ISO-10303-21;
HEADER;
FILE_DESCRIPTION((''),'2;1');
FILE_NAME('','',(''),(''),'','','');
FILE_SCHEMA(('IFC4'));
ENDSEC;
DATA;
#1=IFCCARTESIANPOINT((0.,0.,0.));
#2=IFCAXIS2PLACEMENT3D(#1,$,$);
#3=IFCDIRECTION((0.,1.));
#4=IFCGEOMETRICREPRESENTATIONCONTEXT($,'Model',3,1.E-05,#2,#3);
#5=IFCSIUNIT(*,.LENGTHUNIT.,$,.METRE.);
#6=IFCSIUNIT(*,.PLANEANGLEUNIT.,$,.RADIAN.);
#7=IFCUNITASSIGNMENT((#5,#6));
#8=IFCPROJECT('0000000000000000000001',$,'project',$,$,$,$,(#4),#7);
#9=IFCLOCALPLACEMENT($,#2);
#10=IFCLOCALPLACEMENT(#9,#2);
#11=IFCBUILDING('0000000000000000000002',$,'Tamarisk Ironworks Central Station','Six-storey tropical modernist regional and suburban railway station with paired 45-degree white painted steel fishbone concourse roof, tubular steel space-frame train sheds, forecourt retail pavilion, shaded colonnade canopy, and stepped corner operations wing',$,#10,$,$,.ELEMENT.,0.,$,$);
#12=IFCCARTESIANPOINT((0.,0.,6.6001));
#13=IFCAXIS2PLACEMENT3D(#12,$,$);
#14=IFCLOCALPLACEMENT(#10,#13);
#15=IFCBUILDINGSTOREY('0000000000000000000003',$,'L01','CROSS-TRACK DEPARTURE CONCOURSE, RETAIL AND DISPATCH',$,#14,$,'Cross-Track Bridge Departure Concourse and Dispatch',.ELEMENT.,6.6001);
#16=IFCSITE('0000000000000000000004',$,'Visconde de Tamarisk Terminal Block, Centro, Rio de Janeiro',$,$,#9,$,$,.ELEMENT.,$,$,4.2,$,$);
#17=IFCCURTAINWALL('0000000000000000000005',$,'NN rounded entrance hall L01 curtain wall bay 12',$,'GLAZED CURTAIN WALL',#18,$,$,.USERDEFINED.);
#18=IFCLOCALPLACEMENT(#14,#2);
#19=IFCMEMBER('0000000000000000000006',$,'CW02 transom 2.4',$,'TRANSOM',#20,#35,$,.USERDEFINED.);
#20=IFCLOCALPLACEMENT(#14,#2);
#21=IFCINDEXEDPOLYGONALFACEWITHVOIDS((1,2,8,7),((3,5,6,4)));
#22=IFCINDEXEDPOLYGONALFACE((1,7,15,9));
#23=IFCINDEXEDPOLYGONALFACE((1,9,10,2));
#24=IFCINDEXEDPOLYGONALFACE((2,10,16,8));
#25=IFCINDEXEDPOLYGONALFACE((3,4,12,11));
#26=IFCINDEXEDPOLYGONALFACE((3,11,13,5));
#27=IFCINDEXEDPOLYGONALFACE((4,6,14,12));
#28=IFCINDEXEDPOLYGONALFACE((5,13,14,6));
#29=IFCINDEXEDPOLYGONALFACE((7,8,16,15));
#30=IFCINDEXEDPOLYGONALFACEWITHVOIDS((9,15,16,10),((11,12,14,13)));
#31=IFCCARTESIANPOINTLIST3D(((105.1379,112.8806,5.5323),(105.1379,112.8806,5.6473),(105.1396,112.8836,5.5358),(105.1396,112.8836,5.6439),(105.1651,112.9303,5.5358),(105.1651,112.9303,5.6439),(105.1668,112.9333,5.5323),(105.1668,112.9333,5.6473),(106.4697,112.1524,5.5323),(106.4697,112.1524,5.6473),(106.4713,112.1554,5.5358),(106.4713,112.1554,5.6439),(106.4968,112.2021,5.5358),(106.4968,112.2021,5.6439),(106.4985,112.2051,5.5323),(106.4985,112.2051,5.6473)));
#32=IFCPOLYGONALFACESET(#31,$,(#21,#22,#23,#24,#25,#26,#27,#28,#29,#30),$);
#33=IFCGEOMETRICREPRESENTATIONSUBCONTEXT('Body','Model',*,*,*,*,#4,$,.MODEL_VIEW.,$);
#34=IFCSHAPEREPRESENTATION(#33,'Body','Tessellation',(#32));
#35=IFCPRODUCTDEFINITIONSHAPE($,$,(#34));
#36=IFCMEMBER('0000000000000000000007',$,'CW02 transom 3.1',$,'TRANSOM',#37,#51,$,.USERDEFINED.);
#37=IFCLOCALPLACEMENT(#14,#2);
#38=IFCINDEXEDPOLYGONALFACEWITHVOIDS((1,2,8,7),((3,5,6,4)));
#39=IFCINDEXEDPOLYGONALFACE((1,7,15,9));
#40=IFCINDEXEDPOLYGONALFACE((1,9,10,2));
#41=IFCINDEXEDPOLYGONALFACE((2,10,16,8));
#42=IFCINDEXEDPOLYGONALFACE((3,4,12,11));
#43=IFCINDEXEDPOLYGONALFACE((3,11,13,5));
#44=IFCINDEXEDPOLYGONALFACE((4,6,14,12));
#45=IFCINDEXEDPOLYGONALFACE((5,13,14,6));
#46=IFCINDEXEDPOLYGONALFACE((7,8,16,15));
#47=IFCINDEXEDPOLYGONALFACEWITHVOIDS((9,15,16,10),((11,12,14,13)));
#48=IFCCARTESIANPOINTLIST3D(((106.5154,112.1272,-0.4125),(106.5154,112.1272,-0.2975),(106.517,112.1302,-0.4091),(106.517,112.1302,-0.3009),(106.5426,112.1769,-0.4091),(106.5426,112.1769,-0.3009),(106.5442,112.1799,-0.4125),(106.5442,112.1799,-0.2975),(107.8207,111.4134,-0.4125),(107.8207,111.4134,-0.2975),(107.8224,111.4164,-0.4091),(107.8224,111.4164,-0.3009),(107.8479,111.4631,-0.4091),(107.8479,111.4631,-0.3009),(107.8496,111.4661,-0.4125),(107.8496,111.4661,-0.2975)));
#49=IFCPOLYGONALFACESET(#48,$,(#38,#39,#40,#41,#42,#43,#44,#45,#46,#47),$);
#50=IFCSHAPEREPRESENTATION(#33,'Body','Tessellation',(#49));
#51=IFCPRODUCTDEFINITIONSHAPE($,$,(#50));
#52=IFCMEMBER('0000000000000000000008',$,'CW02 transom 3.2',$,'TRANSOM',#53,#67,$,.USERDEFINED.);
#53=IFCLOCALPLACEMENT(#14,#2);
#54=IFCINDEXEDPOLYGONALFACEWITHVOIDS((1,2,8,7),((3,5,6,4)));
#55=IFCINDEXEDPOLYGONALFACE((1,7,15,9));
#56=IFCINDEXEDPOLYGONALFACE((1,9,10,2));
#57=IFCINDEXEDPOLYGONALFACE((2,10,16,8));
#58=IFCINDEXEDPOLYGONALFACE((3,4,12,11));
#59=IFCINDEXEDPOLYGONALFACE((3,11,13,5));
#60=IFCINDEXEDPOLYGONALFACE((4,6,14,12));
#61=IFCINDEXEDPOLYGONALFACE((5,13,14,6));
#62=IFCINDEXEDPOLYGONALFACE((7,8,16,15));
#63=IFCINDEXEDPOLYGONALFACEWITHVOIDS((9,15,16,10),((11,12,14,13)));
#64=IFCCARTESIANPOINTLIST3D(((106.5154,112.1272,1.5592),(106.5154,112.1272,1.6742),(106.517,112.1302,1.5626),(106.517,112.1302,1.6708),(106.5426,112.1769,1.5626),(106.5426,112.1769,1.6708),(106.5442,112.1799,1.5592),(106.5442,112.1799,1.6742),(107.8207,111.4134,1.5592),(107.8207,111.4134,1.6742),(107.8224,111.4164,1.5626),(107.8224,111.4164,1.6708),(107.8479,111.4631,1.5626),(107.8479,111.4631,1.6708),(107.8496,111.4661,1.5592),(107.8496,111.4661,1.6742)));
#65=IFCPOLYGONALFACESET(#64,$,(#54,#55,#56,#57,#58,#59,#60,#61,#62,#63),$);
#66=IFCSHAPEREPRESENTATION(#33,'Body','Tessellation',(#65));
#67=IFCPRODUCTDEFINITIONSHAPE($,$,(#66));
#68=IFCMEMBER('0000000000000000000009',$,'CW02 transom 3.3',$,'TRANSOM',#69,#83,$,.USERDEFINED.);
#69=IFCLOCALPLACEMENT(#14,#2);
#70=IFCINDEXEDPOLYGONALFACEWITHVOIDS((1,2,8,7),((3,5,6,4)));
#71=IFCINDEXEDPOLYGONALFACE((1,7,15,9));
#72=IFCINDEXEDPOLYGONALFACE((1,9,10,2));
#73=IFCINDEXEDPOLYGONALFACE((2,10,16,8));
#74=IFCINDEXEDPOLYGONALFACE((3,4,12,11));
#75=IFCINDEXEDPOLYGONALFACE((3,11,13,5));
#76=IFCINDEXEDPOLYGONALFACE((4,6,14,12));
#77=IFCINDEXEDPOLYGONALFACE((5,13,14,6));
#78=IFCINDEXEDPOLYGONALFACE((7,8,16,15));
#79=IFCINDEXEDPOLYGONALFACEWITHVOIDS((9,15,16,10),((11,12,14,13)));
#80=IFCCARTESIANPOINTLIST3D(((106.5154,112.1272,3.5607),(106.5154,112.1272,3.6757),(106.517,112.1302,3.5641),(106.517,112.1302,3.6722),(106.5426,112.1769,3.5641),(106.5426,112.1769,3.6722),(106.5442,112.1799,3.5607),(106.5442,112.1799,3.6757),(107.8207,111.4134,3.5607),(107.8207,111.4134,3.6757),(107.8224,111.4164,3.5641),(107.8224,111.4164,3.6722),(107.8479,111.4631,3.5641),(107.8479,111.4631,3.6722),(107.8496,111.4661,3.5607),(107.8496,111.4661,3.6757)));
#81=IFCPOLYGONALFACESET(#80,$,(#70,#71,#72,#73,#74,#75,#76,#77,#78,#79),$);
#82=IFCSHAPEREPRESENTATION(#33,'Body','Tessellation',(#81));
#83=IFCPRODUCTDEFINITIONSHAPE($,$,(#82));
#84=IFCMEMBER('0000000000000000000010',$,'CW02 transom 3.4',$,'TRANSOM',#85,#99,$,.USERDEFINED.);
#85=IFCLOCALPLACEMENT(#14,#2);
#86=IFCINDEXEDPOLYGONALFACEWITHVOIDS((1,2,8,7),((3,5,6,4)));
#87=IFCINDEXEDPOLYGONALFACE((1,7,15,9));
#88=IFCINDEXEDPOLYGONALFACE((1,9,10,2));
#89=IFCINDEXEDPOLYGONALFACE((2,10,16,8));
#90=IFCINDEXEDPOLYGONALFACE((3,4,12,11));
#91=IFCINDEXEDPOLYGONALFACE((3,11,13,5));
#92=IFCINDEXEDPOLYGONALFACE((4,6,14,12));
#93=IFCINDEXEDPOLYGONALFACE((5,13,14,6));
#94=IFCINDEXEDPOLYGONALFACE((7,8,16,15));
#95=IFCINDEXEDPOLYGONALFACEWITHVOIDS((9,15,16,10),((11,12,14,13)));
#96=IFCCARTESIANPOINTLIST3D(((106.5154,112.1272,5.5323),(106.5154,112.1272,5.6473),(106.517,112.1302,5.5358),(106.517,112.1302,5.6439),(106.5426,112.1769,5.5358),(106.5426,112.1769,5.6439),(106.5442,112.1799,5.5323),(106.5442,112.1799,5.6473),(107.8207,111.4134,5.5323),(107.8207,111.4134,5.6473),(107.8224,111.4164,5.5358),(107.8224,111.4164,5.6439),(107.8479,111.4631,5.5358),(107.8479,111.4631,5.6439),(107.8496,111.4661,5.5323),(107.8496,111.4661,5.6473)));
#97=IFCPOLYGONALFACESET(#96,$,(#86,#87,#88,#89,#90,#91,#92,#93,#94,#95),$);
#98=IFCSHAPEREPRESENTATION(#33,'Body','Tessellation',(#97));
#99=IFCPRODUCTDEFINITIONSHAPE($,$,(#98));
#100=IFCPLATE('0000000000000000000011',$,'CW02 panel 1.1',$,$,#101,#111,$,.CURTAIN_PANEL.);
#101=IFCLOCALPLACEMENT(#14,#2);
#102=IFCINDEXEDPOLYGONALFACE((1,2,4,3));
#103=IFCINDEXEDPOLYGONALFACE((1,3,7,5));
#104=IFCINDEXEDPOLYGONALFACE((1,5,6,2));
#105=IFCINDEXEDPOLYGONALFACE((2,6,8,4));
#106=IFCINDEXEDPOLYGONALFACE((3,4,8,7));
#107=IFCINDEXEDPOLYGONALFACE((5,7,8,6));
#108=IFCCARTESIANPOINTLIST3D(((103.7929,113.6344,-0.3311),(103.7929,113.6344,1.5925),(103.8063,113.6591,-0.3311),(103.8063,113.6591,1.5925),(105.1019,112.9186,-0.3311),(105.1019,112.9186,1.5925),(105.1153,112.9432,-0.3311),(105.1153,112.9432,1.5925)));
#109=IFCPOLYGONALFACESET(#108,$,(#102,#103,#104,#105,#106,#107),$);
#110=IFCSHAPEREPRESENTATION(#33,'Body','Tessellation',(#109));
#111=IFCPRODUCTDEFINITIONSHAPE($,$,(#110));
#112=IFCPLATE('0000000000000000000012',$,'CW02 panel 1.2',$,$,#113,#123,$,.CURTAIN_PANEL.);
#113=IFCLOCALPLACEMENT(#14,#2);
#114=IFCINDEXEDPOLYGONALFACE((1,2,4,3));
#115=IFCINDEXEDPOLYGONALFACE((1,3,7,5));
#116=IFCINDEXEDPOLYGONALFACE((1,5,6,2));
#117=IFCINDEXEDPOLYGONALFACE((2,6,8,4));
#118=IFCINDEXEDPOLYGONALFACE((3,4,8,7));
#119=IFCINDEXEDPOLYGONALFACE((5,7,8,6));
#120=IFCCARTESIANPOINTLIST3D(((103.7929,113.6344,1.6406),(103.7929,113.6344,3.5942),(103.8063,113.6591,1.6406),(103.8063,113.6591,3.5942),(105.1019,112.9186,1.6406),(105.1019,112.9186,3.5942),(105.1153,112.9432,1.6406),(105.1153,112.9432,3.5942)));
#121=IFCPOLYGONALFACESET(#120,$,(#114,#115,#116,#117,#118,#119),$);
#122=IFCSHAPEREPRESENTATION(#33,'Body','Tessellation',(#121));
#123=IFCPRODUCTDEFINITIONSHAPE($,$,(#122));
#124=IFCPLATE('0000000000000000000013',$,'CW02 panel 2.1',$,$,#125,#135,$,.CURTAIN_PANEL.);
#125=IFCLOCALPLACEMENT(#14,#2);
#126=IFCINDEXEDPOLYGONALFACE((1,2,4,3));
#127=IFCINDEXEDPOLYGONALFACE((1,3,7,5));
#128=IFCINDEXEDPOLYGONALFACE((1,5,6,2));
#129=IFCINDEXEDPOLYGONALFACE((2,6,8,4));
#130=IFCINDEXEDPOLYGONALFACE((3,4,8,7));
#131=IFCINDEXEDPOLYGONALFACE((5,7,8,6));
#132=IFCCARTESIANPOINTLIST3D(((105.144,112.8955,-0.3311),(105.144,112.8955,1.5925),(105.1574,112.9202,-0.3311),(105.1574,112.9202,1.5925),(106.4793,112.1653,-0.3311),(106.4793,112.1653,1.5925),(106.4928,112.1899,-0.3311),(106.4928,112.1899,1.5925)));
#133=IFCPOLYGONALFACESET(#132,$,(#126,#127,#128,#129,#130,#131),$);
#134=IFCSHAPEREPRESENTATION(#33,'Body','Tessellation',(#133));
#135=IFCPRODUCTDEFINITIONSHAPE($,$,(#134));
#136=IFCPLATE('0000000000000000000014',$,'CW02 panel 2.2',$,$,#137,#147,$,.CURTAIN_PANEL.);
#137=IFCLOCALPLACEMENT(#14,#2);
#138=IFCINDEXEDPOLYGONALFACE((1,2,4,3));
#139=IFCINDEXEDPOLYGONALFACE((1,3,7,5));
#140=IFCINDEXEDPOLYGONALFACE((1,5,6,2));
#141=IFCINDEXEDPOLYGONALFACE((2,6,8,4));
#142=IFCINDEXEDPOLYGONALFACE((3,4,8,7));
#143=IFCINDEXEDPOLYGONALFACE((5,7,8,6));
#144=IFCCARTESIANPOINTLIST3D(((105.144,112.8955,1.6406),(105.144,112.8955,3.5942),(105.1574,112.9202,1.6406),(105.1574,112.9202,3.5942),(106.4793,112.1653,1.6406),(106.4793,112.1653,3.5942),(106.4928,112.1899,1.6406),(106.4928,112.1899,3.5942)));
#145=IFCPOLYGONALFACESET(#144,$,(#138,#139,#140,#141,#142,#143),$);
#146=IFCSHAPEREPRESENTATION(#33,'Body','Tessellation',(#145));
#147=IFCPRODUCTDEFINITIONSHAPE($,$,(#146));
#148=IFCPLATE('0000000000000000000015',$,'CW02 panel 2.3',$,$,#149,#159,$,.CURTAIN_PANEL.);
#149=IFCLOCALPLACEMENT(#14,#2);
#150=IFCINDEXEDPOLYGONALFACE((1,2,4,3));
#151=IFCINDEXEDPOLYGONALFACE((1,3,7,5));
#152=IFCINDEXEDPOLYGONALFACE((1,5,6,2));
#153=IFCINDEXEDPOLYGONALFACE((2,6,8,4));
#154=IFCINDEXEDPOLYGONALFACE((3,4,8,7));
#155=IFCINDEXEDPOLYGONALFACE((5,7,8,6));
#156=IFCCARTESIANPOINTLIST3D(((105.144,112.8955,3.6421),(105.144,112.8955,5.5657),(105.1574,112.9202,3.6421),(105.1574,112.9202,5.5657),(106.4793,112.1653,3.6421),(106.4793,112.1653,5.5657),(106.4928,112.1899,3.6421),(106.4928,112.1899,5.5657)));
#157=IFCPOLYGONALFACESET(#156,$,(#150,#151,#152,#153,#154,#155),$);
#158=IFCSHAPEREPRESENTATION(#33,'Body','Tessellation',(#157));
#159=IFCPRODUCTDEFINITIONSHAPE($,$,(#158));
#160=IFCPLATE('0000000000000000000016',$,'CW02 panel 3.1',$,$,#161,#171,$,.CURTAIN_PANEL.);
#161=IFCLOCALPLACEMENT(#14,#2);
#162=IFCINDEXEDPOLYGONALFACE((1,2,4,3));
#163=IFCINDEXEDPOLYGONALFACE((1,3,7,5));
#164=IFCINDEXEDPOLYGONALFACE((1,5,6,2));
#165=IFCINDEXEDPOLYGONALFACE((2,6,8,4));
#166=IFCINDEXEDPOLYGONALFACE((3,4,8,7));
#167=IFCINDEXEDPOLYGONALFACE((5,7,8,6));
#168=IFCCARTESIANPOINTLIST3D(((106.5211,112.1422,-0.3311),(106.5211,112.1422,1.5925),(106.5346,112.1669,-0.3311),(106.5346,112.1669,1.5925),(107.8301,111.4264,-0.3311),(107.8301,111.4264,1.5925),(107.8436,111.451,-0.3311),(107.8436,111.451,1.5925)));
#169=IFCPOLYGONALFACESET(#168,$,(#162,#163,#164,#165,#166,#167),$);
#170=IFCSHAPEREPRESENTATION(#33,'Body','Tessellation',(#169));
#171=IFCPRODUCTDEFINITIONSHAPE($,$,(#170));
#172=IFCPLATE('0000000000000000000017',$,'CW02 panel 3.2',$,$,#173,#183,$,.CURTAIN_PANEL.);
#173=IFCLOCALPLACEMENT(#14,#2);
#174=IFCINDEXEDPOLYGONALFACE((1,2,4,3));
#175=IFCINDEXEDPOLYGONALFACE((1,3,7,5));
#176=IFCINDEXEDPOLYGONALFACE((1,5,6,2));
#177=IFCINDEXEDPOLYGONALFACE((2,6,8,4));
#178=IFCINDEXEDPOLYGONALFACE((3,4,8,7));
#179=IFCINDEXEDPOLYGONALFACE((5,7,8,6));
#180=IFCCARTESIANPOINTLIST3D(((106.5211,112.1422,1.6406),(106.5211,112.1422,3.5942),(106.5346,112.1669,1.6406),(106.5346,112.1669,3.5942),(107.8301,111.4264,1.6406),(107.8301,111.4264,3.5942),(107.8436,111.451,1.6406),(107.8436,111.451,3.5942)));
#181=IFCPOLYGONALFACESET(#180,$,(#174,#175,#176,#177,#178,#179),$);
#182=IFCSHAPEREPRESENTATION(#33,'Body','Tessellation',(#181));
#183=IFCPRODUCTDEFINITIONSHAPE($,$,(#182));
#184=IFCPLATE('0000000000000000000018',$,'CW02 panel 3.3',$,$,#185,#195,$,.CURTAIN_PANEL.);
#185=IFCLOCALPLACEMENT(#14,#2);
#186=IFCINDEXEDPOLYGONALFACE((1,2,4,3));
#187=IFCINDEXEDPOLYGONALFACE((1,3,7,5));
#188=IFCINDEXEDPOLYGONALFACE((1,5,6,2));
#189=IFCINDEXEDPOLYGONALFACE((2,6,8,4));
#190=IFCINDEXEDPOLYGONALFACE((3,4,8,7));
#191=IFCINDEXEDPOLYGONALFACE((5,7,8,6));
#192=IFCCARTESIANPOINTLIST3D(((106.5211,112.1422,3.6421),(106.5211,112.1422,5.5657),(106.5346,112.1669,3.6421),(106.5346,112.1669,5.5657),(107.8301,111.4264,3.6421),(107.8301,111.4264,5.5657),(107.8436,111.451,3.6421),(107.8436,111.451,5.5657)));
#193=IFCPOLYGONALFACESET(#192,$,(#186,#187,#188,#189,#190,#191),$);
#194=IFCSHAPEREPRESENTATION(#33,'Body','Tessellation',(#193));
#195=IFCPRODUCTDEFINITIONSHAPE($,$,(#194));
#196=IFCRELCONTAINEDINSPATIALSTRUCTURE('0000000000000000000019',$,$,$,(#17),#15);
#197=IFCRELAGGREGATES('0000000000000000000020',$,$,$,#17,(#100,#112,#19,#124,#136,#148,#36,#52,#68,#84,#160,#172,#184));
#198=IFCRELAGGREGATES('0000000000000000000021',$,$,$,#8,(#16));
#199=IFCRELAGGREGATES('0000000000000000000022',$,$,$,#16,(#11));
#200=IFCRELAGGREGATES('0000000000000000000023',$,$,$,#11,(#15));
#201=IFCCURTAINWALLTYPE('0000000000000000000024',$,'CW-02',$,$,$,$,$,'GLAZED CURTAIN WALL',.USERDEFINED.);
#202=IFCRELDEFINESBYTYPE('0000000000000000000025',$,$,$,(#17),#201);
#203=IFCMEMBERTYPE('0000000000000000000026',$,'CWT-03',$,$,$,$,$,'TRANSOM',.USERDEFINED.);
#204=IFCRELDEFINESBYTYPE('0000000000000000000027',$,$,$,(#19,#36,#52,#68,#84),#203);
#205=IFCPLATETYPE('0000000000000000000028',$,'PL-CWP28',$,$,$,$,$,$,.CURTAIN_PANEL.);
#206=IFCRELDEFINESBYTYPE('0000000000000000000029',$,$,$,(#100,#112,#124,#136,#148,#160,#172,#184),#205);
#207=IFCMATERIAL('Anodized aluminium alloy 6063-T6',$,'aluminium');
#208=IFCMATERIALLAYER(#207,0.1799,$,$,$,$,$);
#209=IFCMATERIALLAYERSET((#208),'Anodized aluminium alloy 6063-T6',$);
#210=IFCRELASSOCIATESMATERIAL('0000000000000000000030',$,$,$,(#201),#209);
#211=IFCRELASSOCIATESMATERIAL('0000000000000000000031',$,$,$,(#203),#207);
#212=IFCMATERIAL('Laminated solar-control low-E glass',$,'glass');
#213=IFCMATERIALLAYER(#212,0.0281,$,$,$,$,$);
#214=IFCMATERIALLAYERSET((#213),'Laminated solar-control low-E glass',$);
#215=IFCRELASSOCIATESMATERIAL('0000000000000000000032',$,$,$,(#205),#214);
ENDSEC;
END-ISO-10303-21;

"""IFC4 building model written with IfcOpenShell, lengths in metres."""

from ifc_helpers import new_model, si_unit, direction, frame, origin, origin_2d, place, context, subcontext, project, spatial, rectangle, hollow_rectangle, extrude, material, layer, layer_set, material_profile, profile_set, type_object, element, aggregate, save


model = new_model("IFC4")

# Units and contexts
model_context = context("Model", 3, precision=1e-05, world=origin(), true_north=direction((0.0, 1.0)))
body_context = subcontext(model_context, "Body", "Model", "MODEL_VIEW")
ifc_project = project(units=[si_unit("LENGTHUNIT", "METRE"), si_unit("PLANEANGLEUNIT", "RADIAN")], contexts=[model_context])

# Site, building, storey
site_placement = place(None, origin())
site = spatial("IfcSite", under=ifc_project, at=site_placement, Name="Visconde de Tamarisk Terminal Block, Centro, Rio de Janeiro", CompositionType="ELEMENT", RefElevation=4.2)
building_placement = place(site_placement, origin())
building = spatial("IfcBuilding", under=site, at=building_placement, Name="Tamarisk Ironworks Central Station", Description="Six-storey tropical modernist regional and suburban railway station with paired 45-degree white painted steel fishbone concourse roof, tubular steel space-frame train sheds, forecourt retail pavilion, shaded colonnade canopy, and stepped corner operations wing", CompositionType="ELEMENT", ElevationOfRefHeight=0.0)
storey_placement = place(building_placement, frame((0.0, 0.0, 6.6001)))
storey = spatial("IfcBuildingStorey", under=building, at=storey_placement, Name="L01", Description="CROSS-TRACK DEPARTURE CONCOURSE, RETAIL AND DISPATCH", LongName="Cross-Track Bridge Departure Concourse and Dispatch", CompositionType="ELEMENT", Elevation=6.6001)

# Curtain wall
ifc_material_1 = material(Name="Anodized aluminium alloy 6063-T6", Category="aluminium")
ifc_layer_1 = layer(ifc_material_1, 0.1799)
ifc_layer_set_1 = layer_set([ifc_layer_1], Name="Anodized aluminium alloy 6063-T6")
curtain_wall_type_1 = type_object("IfcCurtainWallType", Name="CW-02", ElementType="GLAZED CURTAIN WALL", PredefinedType="USERDEFINED", material=ifc_layer_set_1)
curtain_wall_1_placement = place(storey_placement, origin())
curtain_wall_1 = element("IfcCurtainWall", 1, at=curtain_wall_1_placement, inside=storey, type_object=curtain_wall_type_1, Name="NN rounded entrance hall L01 curtain wall bay 12", ObjectType="GLAZED CURTAIN WALL", PredefinedType="USERDEFINED")

# Members
ifc_material_profile_1 = material_profile(ifc_material_1, hollow_rectangle(XDim=0.0601, YDim=0.115, WallThickness=0.0034, at=origin_2d()), Name="ALUM 115x60")
ifc_profile_set_1 = profile_set([ifc_material_profile_1], Name="Anodized aluminium alloy 6063-T6")
member_type_1 = type_object("IfcMemberType", Name="CWT-03", ElementType="TRANSOM", PredefinedType="USERDEFINED", material=ifc_profile_set_1)
member_1_placement = place(storey_placement, frame((105.1523, 112.907, 5.5898), z_axis=(0.877385, -0.479787, 0.0), x_axis=(0.479787, 0.877385, 0.0)))
member_1 = element("IfcMember", 2, at=member_1_placement, type_object=member_type_1, Name="CW02 transom 2.4", ObjectType="TRANSOM", PredefinedType="USERDEFINED", context=body_context, shape_type="SweptSolid", body=[
    extrude(hollow_rectangle(XDim=0.0601, YDim=0.115, WallThickness=0.0034, at=origin_2d()), origin(), (0.0, 0.0, 1.0), 1.5178),
])
member_2_placement = place(storey_placement, frame((106.5298, 112.1536, -0.355), z_axis=(0.877381, -0.479795, 0.0), x_axis=(0.479795, 0.877381, 0.0)))
member_2 = element("IfcMember", 3, at=member_2_placement, type_object=member_type_1, Name="CW02 transom 3.1", ObjectType="TRANSOM", PredefinedType="USERDEFINED", context=body_context, shape_type="SweptSolid", body=[
    extrude(hollow_rectangle(XDim=0.0601, YDim=0.115, WallThickness=0.0034, at=origin_2d()), origin(), (0.0, 0.0, 1.0), 1.4878),
])
member_3_placement = place(storey_placement, frame((106.5298, 112.1536, 1.6167), z_axis=(0.877381, -0.479795, 0.0), x_axis=(0.479795, 0.877381, 0.0)))
member_3 = element("IfcMember", 4, at=member_3_placement, type_object=member_type_1, Name="CW02 transom 3.2", ObjectType="TRANSOM", PredefinedType="USERDEFINED", context=body_context, shape_type="SweptSolid", body=[
    extrude(hollow_rectangle(XDim=0.0601, YDim=0.115, WallThickness=0.0034, at=origin_2d()), origin(), (0.0, 0.0, 1.0), 1.4878),
])
member_4_placement = place(storey_placement, frame((106.5298, 112.1536, 3.6182), z_axis=(0.877381, -0.479795, 0.0), x_axis=(0.479795, 0.877381, 0.0)))
member_4 = element("IfcMember", 5, at=member_4_placement, type_object=member_type_1, Name="CW02 transom 3.3", ObjectType="TRANSOM", PredefinedType="USERDEFINED", context=body_context, shape_type="SweptSolid", body=[
    extrude(hollow_rectangle(XDim=0.0601, YDim=0.115, WallThickness=0.0034, at=origin_2d()), origin(), (0.0, 0.0, 1.0), 1.4878),
])
member_5_placement = place(storey_placement, frame((106.5298, 112.1536, 5.5898), z_axis=(0.877381, -0.479795, 0.0), x_axis=(0.479795, 0.877381, 0.0)))
member_5 = element("IfcMember", 6, at=member_5_placement, type_object=member_type_1, Name="CW02 transom 3.4", ObjectType="TRANSOM", PredefinedType="USERDEFINED", context=body_context, shape_type="SweptSolid", body=[
    extrude(hollow_rectangle(XDim=0.0601, YDim=0.115, WallThickness=0.0034, at=origin_2d()), origin(), (0.0, 0.0, 1.0), 1.4878),
])

# Plates
ifc_material_2 = material(Name="Laminated solar-control low-E glass", Category="glass")
ifc_layer_2 = layer(ifc_material_2, 0.0281)
ifc_layer_set_2 = layer_set([ifc_layer_2], Name="Laminated solar-control low-E glass")
plate_type = type_object("IfcPlateType", Name="PL-CWP28", PredefinedType="CURTAIN_PANEL", material=ifc_layer_set_2)
plate_1_placement = place(storey_placement, frame((104.4541, 113.2888, -0.3311), z_axis=(0.0, 0.0, 1.0), x_axis=(0.877375, -0.479805, 0.0)))
plate_1 = element("IfcPlate", 7, at=plate_1_placement, type_object=plate_type, Name="CW02 panel 1.1", PredefinedType="CURTAIN_PANEL", context=body_context, shape_type="SweptSolid", body=[
    extrude(rectangle(XDim=1.4919, YDim=0.0281, at=origin_2d()), origin(), (0.0, 0.0, 1.0), 1.9236),
])
plate_2_placement = place(storey_placement, frame((104.4541, 113.2888, 1.6406), z_axis=(0.0, 0.0, 1.0), x_axis=(0.877375, -0.479805, 0.0)))
plate_2 = element("IfcPlate", 8, at=plate_2_placement, type_object=plate_type, Name="CW02 panel 1.2", PredefinedType="CURTAIN_PANEL", context=body_context, shape_type="SweptSolid", body=[
    extrude(rectangle(XDim=1.4919, YDim=0.0281, at=origin_2d()), origin(), (0.0, 0.0, 1.0), 1.9536),
])
plate_3_placement = place(storey_placement, frame((105.8184, 112.5427, -0.3311), z_axis=(0.0, 0.0, 1.0), x_axis=(0.877375, -0.479805, 0.0)))
plate_3 = element("IfcPlate", 9, at=plate_3_placement, type_object=plate_type, Name="CW02 panel 2.1", PredefinedType="CURTAIN_PANEL", context=body_context, shape_type="SweptSolid", body=[
    extrude(rectangle(XDim=1.522, YDim=0.0281, at=origin_2d()), origin(), (0.0, 0.0, 1.0), 1.9236),
])
plate_4_placement = place(storey_placement, frame((105.8184, 112.5427, 1.6406), z_axis=(0.0, 0.0, 1.0), x_axis=(0.877375, -0.479805, 0.0)))
plate_4 = element("IfcPlate", 10, at=plate_4_placement, type_object=plate_type, Name="CW02 panel 2.2", PredefinedType="CURTAIN_PANEL", context=body_context, shape_type="SweptSolid", body=[
    extrude(rectangle(XDim=1.522, YDim=0.0281, at=origin_2d()), origin(), (0.0, 0.0, 1.0), 1.9536),
])
plate_5_placement = place(storey_placement, frame((105.8184, 112.5427, 3.6421), z_axis=(0.0, 0.0, 1.0), x_axis=(0.877375, -0.479805, 0.0)))
plate_5 = element("IfcPlate", 11, at=plate_5_placement, type_object=plate_type, Name="CW02 panel 2.3", PredefinedType="CURTAIN_PANEL", context=body_context, shape_type="SweptSolid", body=[
    extrude(rectangle(XDim=1.522, YDim=0.0281, at=origin_2d()), origin(), (0.0, 0.0, 1.0), 1.9236),
])
plate_6_placement = place(storey_placement, frame((107.1824, 111.7966, -0.3311), z_axis=(0.0, 0.0, 1.0), x_axis=(0.877375, -0.479805, 0.0)))
plate_6 = element("IfcPlate", 12, at=plate_6_placement, type_object=plate_type, Name="CW02 panel 3.1", PredefinedType="CURTAIN_PANEL", context=body_context, shape_type="SweptSolid", body=[
    extrude(rectangle(XDim=1.4919, YDim=0.0281, at=origin_2d()), origin(), (0.0, 0.0, 1.0), 1.9236),
])
plate_7_placement = place(storey_placement, frame((107.1824, 111.7966, 1.6406), z_axis=(0.0, 0.0, 1.0), x_axis=(0.877375, -0.479805, 0.0)))
plate_7 = element("IfcPlate", 13, at=plate_7_placement, type_object=plate_type, Name="CW02 panel 3.2", PredefinedType="CURTAIN_PANEL", context=body_context, shape_type="SweptSolid", body=[
    extrude(rectangle(XDim=1.4919, YDim=0.0281, at=origin_2d()), origin(), (0.0, 0.0, 1.0), 1.9536),
])
plate_8_placement = place(storey_placement, frame((107.1824, 111.7966, 3.6421), z_axis=(0.0, 0.0, 1.0), x_axis=(0.877375, -0.479805, 0.0)))
plate_8 = element("IfcPlate", 14, at=plate_8_placement, type_object=plate_type, Name="CW02 panel 3.3", PredefinedType="CURTAIN_PANEL", context=body_context, shape_type="SweptSolid", body=[
    extrude(rectangle(XDim=1.4919, YDim=0.0281, at=origin_2d()), origin(), (0.0, 0.0, 1.0), 1.9236),
])
aggregate(curtain_wall_1, [plate_1, plate_2, member_1, plate_3, plate_4, plate_5, member_2, member_3, member_4, member_5, plate_6, plate_7, plate_8])

save(model, "model.ifc")
